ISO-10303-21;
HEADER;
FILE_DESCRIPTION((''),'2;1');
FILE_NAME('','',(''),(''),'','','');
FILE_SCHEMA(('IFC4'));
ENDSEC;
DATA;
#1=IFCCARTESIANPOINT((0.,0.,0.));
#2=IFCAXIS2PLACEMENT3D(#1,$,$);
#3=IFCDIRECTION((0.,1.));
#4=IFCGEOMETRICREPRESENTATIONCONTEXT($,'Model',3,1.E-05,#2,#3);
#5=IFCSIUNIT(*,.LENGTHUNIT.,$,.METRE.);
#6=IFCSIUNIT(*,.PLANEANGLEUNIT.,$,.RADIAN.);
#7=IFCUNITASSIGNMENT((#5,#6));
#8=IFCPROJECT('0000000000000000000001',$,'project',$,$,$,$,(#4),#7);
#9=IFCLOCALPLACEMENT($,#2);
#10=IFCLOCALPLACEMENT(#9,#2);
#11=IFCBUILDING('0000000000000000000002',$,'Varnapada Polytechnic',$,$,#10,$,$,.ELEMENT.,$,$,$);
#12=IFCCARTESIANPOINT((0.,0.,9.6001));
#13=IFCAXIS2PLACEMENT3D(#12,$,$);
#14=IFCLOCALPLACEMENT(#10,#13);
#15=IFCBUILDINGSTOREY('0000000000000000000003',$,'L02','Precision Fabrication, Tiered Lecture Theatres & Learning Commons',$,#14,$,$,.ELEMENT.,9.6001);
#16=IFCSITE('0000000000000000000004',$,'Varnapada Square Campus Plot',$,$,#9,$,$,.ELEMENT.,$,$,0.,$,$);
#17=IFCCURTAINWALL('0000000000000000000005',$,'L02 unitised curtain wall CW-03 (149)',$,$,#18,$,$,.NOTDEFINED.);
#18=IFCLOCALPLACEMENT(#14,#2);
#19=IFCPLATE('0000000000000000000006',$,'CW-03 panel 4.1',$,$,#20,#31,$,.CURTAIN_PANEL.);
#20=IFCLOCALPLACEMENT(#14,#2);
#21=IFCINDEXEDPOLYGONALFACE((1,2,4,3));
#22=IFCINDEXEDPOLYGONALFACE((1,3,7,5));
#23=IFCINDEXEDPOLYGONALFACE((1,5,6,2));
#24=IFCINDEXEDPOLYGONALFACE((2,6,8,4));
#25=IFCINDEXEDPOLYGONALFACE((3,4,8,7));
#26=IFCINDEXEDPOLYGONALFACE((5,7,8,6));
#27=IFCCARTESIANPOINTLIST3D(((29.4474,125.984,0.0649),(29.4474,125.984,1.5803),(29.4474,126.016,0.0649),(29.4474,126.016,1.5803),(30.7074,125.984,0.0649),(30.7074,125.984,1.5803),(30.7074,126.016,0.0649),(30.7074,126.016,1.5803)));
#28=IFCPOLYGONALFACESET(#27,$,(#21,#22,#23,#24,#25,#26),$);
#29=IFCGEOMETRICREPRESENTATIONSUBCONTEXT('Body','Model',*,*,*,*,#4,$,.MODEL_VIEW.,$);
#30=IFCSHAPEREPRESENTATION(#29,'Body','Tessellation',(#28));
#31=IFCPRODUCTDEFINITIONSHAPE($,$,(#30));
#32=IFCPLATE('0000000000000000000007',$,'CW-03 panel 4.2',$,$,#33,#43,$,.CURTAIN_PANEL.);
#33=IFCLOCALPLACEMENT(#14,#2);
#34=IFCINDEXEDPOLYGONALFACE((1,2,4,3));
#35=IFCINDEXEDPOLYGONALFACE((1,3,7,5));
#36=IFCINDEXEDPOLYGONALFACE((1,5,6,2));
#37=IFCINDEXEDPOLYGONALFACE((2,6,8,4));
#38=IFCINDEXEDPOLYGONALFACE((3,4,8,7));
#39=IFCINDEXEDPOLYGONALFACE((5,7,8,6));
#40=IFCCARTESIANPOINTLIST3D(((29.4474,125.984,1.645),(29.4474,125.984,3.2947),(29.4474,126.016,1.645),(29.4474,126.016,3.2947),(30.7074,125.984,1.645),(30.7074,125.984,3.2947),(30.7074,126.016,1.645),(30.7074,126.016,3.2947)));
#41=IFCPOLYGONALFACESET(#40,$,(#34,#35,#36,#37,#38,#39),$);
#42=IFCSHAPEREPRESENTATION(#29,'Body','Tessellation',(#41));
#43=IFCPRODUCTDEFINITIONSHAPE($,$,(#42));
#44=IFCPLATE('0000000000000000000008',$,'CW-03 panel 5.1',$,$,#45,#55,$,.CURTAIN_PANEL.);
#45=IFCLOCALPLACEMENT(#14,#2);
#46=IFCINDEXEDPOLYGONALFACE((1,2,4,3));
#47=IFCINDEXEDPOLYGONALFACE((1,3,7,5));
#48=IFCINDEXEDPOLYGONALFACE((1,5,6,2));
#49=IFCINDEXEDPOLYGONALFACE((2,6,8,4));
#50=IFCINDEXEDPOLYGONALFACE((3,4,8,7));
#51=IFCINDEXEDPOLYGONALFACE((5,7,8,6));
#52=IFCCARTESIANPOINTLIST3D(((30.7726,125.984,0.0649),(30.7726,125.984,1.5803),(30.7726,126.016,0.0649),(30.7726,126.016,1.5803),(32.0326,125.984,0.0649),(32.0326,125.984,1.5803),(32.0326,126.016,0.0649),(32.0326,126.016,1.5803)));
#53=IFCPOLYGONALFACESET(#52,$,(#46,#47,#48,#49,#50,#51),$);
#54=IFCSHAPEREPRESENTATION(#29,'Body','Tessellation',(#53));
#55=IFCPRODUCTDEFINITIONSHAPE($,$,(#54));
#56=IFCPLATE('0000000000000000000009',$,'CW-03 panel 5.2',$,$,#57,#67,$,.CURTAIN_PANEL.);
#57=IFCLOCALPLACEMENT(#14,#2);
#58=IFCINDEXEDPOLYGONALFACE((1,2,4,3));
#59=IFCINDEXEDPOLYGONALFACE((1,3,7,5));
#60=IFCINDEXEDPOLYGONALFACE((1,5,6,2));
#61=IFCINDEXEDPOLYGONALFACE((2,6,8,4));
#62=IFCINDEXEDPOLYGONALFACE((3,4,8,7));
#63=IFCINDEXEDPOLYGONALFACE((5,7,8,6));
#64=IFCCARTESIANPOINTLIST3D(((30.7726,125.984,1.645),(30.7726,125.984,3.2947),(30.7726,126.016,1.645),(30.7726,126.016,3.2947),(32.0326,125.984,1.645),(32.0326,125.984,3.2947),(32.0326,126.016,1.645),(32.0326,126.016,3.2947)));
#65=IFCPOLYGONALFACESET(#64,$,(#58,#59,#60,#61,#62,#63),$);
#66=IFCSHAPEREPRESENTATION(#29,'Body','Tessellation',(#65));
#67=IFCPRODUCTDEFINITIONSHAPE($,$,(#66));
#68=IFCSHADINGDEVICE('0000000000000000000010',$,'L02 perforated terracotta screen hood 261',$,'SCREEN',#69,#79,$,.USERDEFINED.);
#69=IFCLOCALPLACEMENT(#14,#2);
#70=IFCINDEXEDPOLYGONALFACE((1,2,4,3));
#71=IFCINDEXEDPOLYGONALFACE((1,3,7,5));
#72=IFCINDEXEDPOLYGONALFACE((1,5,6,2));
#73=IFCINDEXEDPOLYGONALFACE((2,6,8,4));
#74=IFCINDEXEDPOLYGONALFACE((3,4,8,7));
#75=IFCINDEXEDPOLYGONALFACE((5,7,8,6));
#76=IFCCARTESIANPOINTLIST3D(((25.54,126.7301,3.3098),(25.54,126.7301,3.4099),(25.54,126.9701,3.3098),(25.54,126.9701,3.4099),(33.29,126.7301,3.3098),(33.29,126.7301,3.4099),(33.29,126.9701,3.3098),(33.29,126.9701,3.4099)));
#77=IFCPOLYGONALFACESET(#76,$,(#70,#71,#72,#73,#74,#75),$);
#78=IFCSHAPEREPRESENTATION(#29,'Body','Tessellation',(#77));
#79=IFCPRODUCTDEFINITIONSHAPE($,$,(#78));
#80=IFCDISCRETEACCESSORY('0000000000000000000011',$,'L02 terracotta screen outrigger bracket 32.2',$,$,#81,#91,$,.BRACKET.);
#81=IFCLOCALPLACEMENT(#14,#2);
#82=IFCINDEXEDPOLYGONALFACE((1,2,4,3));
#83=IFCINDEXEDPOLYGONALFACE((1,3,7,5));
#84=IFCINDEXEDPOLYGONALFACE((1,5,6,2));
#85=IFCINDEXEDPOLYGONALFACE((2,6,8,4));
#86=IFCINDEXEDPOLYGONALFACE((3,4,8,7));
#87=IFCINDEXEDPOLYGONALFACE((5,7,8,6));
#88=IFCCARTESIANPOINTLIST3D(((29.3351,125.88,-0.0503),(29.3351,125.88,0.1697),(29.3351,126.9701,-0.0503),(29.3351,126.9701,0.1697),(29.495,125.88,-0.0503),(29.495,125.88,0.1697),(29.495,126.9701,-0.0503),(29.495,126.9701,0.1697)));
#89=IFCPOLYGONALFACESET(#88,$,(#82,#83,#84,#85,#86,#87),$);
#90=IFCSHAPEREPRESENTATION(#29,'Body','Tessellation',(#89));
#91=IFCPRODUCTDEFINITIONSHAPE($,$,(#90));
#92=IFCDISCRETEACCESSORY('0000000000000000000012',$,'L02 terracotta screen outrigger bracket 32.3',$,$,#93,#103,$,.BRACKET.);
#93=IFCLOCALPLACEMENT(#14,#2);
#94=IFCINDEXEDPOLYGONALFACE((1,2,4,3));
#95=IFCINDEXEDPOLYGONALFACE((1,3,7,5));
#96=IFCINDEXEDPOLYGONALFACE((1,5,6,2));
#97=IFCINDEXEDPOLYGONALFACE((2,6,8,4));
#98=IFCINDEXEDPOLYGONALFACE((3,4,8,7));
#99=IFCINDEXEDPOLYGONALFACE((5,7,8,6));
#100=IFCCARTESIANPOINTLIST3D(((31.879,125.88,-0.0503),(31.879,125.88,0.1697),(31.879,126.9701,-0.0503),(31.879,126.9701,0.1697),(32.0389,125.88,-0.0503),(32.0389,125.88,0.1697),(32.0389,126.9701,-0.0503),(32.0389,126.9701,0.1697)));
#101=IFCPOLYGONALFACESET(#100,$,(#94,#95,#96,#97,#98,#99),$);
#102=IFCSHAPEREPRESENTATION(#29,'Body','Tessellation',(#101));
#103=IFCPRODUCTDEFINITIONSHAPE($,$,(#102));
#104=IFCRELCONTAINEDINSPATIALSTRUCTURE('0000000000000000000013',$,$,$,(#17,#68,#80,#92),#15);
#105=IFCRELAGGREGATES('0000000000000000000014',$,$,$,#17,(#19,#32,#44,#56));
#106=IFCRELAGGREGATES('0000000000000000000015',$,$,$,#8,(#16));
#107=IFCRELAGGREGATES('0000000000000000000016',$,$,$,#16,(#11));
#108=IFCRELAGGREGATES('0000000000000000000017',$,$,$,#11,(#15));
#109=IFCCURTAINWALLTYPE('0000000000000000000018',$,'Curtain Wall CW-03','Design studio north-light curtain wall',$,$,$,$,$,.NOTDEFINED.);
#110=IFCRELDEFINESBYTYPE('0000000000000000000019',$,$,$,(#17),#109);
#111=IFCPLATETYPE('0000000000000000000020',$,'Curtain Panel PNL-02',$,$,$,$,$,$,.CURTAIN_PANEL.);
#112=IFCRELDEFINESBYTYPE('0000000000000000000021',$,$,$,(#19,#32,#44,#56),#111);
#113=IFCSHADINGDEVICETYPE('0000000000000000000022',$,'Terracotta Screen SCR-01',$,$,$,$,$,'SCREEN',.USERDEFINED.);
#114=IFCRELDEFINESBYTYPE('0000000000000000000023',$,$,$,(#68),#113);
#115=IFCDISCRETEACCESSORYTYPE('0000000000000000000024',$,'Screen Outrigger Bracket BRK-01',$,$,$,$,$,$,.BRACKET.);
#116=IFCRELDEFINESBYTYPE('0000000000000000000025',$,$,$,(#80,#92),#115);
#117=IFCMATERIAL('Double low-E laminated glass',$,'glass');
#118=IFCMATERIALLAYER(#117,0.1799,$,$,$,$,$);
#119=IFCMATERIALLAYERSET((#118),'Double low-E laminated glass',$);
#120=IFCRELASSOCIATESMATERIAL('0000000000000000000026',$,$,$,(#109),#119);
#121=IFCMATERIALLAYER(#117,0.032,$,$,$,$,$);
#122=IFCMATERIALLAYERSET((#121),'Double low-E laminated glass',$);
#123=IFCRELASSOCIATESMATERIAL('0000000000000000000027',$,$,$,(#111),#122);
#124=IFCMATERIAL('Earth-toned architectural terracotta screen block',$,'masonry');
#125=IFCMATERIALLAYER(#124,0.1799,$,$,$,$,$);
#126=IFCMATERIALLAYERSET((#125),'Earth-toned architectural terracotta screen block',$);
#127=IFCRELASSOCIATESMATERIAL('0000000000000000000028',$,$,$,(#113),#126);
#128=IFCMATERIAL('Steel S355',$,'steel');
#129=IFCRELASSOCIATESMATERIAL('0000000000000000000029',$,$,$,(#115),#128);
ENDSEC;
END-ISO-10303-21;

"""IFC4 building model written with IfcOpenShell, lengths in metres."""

from ifc_helpers import new_model, si_unit, direction, frame, origin, origin_2d, place, context, subcontext, project, spatial, rectangle, extrude, material, layer, layer_set, type_object, element, aggregate, save


model = new_model("IFC4")

# Units and contexts
model_context = context("Model", 3, precision=1e-05, world=origin(), true_north=direction((0.0, 1.0)))
body_context = subcontext(model_context, "Body", "Model", "MODEL_VIEW")
ifc_project = project(units=[si_unit("LENGTHUNIT", "METRE"), si_unit("PLANEANGLEUNIT", "RADIAN")], contexts=[model_context])

# Site, building, storey
site_placement = place(None, origin())
site = spatial("IfcSite", under=ifc_project, at=site_placement, Name="Varnapada Square Campus Plot", CompositionType="ELEMENT", RefElevation=0.0)
building_placement = place(site_placement, origin())
building = spatial("IfcBuilding", under=site, at=building_placement, Name="Varnapada Polytechnic", CompositionType="ELEMENT")
storey_placement = place(building_placement, frame((0.0, 0.0, 9.6001)))
storey = spatial("IfcBuildingStorey", under=building, at=storey_placement, Name="L02", Description="Precision Fabrication, Tiered Lecture Theatres & Learning Commons", CompositionType="ELEMENT", Elevation=9.6001)

# Curtain wall, plates
ifc_material_1 = material(Name="Double low-E laminated glass", Category="glass")
ifc_layer_1 = layer(ifc_material_1, 0.1799)
ifc_layer_set_1 = layer_set([ifc_layer_1], Name="Double low-E laminated glass")
curtain_wall_type = type_object("IfcCurtainWallType", Name="Curtain Wall CW-03", Description="Design studio north-light curtain wall", PredefinedType="NOTDEFINED", material=ifc_layer_set_1)
curtain_wall_placement = place(storey_placement, origin())
curtain_wall = element("IfcCurtainWall", 1, at=curtain_wall_placement, inside=storey, type_object=curtain_wall_type, Name="L02 unitised curtain wall CW-03 (149)", PredefinedType="NOTDEFINED")
ifc_layer_2 = layer(ifc_material_1, 0.032)
ifc_layer_set_2 = layer_set([ifc_layer_2], Name="Double low-E laminated glass")
plate_type = type_object("IfcPlateType", Name="Curtain Panel PNL-02", PredefinedType="CURTAIN_PANEL", material=ifc_layer_set_2)
plate_1_placement = place(storey_placement, frame((30.0774, 126.0, 0.0649), z_axis=(0.0, 0.0, 1.0), x_axis=(1.0, 0.0, 0.0)))
plate_1 = element("IfcPlate", 2, at=plate_1_placement, type_object=plate_type, Name="CW-03 panel 4.1", PredefinedType="CURTAIN_PANEL", context=body_context, shape_type="SweptSolid", body=[
    extrude(rectangle(XDim=1.26, YDim=0.032, at=origin_2d()), origin(), (0.0, 0.0, 1.0), 1.5154),
])
plate_2_placement = place(storey_placement, frame((30.0774, 126.0, 1.645), z_axis=(0.0, 0.0, 1.0), x_axis=(1.0, 0.0, 0.0)))
plate_2 = element("IfcPlate", 3, at=plate_2_placement, type_object=plate_type, Name="CW-03 panel 4.2", PredefinedType="CURTAIN_PANEL", context=body_context, shape_type="SweptSolid", body=[
    extrude(rectangle(XDim=1.26, YDim=0.032, at=origin_2d()), origin(), (0.0, 0.0, 1.0), 1.6497),
])
plate_3_placement = place(storey_placement, frame((31.4026, 126.0, 0.0649), z_axis=(0.0, 0.0, 1.0), x_axis=(1.0, 0.0, 0.0)))
plate_3 = element("IfcPlate", 4, at=plate_3_placement, type_object=plate_type, Name="CW-03 panel 5.1", PredefinedType="CURTAIN_PANEL", context=body_context, shape_type="SweptSolid", body=[
    extrude(rectangle(XDim=1.26, YDim=0.032, at=origin_2d()), origin(), (0.0, 0.0, 1.0), 1.5154),
])
plate_4_placement = place(storey_placement, frame((31.4026, 126.0, 1.645), z_axis=(0.0, 0.0, 1.0), x_axis=(1.0, 0.0, 0.0)))
plate_4 = element("IfcPlate", 5, at=plate_4_placement, type_object=plate_type, Name="CW-03 panel 5.2", PredefinedType="CURTAIN_PANEL", context=body_context, shape_type="SweptSolid", body=[
    extrude(rectangle(XDim=1.26, YDim=0.032, at=origin_2d()), origin(), (0.0, 0.0, 1.0), 1.6497),
])
aggregate(curtain_wall, [plate_1, plate_2, plate_3, plate_4])

# Shading device
ifc_material_2 = material(Name="Earth-toned architectural terracotta screen block", Category="masonry")
ifc_layer_3 = layer(ifc_material_2, 0.1799)
ifc_layer_set_3 = layer_set([ifc_layer_3], Name="Earth-toned architectural terracotta screen block")
shading_device_type = type_object("IfcShadingDeviceType", Name="Terracotta Screen SCR-01", ElementType="SCREEN", PredefinedType="USERDEFINED", material=ifc_layer_set_3)
shading_device_placement = place(storey_placement, frame((29.415, 126.8501, 3.3098), z_axis=(0.0, 0.0, 1.0), x_axis=(1.0, 0.0, 0.0)))
element("IfcShadingDevice", 6, at=shading_device_placement, inside=storey, type_object=shading_device_type, Name="L02 perforated terracotta screen hood 261", ObjectType="SCREEN", PredefinedType="USERDEFINED", context=body_context, shape_type="SweptSolid", body=[
    extrude(rectangle(XDim=7.75, YDim=0.24, at=origin_2d()), origin(), (0.0, 0.0, 1.0), 0.1001),
])

# Discrete accessories
ifc_material_3 = material(Name="Steel S355", Category="steel")
discrete_accessory_type = type_object("IfcDiscreteAccessoryType", Name="Screen Outrigger Bracket BRK-01", PredefinedType="BRACKET", material=ifc_material_3)
for number, where, z_axis, x_axis, name in (
    (7, (29.415, 126.425, -0.0503), (0.0, 0.0, 1.0), (1.0, 0.0, 0.0), "L02 terracotta screen outrigger bracket 32.2"),
    (8, (31.959, 126.425, -0.0503), (0.0, 0.0, 1.0), (1.0, 0.0, 0.0), "L02 terracotta screen outrigger bracket 32.3"),
):
    element("IfcDiscreteAccessory", number, at=place(storey_placement, frame(where, z_axis=z_axis, x_axis=x_axis)), inside=storey, type_object=discrete_accessory_type, Name=name, PredefinedType="BRACKET", context=body_context, shape_type="SweptSolid", body=[
        extrude(rectangle(XDim=0.1599, YDim=1.0901, at=origin_2d()), origin(), (0.0, 0.0, 1.0), 0.22),
    ])

save(model, "model.ifc")
